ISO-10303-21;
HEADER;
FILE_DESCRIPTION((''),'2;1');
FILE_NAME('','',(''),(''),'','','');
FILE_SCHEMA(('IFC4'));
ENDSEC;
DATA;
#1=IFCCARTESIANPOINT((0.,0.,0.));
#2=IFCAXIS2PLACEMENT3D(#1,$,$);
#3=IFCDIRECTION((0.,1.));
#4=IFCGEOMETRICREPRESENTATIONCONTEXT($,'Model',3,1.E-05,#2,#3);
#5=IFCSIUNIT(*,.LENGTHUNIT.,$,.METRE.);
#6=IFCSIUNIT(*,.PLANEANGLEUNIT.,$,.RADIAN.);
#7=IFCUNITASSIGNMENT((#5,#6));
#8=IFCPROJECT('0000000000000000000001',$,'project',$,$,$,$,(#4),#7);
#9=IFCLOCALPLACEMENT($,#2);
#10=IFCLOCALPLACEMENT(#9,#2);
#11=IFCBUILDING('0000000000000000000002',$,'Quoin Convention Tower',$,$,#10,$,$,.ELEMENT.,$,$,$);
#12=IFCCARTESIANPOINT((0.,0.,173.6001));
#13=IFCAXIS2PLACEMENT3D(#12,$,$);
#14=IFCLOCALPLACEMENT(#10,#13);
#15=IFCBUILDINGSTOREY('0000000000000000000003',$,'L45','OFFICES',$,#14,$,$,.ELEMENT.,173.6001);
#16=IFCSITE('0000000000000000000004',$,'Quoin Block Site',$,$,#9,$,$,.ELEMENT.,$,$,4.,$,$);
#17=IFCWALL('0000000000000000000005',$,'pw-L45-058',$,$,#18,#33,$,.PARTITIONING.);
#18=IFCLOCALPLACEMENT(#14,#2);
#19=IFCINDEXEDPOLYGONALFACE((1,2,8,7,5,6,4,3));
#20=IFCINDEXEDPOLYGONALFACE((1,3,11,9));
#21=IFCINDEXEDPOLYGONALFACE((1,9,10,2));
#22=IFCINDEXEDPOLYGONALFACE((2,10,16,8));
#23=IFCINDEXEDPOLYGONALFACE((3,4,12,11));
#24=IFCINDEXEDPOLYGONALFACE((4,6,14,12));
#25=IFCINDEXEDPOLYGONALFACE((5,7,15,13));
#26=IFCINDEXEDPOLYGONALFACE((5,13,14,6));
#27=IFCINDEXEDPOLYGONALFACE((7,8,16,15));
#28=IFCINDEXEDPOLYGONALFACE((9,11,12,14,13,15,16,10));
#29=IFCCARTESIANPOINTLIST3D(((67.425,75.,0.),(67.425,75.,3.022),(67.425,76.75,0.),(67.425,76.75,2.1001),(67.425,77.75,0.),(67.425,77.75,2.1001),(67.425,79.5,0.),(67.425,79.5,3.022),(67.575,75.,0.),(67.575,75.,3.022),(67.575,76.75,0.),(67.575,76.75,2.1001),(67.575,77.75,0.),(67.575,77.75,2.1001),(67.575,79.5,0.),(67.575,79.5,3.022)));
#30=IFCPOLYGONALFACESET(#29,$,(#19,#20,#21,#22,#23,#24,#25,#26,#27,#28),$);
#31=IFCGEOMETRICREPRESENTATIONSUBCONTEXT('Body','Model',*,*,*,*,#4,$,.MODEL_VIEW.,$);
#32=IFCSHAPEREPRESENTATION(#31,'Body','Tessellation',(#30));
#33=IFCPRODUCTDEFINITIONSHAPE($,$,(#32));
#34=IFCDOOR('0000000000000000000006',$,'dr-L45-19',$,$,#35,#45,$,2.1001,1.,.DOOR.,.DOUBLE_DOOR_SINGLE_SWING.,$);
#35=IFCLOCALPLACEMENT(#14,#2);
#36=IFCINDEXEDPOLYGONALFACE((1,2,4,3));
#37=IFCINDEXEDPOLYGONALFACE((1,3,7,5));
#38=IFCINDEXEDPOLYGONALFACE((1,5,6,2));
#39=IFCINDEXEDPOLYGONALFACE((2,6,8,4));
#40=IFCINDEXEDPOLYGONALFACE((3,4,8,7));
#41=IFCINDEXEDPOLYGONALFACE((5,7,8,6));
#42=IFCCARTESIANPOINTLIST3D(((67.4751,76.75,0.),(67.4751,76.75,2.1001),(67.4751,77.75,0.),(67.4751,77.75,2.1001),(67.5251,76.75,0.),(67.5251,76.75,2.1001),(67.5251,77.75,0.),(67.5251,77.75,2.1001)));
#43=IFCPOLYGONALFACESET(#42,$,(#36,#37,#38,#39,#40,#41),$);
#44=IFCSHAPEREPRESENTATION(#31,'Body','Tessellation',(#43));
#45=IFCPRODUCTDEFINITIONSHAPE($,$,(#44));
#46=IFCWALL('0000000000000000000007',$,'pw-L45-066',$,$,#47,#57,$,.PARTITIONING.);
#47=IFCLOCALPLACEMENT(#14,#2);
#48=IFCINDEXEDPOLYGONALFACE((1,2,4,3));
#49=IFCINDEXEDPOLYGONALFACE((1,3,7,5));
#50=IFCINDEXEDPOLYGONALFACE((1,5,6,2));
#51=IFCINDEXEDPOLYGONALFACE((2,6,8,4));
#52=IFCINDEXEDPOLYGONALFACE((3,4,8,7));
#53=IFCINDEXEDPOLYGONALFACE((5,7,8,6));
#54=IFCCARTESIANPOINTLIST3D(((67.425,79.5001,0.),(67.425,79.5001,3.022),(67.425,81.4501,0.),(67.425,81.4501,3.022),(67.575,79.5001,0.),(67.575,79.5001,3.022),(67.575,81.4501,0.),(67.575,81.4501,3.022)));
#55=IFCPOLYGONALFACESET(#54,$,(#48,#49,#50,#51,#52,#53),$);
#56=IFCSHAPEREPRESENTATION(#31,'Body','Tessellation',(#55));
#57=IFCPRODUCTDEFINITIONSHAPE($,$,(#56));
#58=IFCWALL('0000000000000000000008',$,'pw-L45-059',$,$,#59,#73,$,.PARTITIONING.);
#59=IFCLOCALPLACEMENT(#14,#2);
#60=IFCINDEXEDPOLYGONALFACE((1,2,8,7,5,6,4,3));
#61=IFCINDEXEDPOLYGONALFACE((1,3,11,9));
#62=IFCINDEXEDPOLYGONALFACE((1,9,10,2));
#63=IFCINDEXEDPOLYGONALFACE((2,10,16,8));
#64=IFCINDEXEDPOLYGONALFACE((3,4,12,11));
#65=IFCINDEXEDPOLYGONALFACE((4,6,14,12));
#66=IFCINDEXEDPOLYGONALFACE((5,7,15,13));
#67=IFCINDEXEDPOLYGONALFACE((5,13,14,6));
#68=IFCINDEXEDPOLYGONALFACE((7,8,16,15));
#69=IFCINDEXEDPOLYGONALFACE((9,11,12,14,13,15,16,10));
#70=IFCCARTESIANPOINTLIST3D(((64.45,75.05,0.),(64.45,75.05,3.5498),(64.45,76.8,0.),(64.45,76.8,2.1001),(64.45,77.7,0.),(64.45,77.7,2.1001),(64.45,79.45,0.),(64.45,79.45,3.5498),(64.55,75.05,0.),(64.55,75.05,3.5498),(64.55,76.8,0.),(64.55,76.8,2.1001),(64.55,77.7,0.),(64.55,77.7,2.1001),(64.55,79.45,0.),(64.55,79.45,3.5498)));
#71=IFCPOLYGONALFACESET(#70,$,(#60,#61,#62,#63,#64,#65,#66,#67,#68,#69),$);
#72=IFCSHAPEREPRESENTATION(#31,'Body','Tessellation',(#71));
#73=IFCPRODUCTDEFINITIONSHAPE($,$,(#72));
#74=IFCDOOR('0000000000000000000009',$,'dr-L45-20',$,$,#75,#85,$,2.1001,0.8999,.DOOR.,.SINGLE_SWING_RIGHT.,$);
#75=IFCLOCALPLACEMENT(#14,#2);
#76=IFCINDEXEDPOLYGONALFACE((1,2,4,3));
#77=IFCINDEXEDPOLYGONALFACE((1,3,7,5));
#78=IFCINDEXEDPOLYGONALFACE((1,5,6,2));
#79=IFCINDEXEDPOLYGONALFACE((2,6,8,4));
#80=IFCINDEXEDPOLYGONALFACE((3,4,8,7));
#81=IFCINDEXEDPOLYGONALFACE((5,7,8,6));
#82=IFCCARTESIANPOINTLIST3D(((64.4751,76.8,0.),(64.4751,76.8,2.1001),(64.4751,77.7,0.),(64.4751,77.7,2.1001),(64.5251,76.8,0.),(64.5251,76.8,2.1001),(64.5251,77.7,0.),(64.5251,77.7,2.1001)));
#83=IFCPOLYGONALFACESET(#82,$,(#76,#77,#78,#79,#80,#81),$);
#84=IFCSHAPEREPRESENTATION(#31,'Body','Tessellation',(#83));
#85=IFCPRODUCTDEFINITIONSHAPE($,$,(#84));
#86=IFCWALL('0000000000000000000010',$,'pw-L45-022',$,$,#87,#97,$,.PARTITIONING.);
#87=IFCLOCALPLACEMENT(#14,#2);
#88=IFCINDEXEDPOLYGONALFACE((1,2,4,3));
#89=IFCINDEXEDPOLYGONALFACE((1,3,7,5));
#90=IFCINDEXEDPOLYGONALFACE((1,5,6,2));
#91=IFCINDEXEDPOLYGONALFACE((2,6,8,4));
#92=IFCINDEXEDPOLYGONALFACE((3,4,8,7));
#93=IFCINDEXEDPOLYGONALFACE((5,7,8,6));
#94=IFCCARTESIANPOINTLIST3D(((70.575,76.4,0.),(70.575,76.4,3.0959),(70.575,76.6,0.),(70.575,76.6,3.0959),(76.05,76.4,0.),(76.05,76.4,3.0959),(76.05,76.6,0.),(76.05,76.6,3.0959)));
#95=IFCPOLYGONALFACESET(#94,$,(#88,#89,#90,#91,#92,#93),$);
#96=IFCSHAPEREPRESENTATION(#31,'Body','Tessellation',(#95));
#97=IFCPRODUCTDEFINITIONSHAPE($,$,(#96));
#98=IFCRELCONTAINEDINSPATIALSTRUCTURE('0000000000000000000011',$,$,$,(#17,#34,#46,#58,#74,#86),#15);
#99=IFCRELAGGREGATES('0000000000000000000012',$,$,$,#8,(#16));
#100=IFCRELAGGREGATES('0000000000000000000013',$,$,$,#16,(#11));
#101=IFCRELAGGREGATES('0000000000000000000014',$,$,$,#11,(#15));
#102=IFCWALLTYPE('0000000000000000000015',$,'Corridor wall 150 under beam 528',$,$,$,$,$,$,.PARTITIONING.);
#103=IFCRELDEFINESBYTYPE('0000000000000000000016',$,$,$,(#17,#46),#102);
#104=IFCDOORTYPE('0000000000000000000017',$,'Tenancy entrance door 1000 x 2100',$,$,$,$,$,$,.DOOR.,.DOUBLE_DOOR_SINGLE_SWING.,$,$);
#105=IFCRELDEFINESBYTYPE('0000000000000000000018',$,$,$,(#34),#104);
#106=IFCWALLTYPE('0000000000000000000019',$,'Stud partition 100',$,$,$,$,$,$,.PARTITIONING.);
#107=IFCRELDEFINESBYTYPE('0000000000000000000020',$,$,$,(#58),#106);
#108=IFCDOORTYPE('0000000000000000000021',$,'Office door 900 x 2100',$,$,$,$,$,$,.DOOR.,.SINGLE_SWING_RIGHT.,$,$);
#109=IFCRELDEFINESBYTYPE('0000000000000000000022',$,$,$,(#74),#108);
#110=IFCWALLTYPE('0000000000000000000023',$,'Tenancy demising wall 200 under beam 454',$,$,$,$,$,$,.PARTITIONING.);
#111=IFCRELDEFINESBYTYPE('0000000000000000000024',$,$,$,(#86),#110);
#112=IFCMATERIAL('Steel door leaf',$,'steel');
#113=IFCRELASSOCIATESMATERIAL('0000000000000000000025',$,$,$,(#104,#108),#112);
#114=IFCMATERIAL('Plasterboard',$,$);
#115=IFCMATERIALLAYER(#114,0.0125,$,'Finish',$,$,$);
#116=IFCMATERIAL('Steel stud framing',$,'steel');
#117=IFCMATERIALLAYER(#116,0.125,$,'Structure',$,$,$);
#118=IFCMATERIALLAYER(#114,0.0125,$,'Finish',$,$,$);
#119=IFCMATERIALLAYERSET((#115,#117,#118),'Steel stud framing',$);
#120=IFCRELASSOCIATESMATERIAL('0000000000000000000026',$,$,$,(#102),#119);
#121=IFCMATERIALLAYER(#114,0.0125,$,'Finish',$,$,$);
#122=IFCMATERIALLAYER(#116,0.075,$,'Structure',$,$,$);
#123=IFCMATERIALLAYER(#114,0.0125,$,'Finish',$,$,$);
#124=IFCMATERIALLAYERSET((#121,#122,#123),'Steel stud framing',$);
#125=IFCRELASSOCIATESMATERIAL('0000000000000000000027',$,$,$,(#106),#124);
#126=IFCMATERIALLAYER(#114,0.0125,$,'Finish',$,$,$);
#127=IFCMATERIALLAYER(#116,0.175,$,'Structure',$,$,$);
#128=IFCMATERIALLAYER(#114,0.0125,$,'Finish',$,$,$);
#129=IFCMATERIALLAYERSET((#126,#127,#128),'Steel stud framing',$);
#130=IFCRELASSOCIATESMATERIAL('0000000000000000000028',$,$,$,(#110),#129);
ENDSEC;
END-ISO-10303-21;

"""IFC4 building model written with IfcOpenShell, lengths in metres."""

from ifc_helpers import new_model, si_unit, direction, frame, frame_2d, origin, place, context, subcontext, project, spatial, rectangle, extrude, material, layer, layer_set, type_object, element, fill, save


model = new_model("IFC4")

# Units and contexts
model_context = context("Model", 3, precision=1e-05, world=origin(), true_north=direction((0.0, 1.0)))
body_context = subcontext(model_context, "Body", "Model", "MODEL_VIEW")
ifc_project = project(units=[si_unit("LENGTHUNIT", "METRE"), si_unit("PLANEANGLEUNIT", "RADIAN")], contexts=[model_context])

# Site, building, storey
site_placement = place(None, origin())
site = spatial("IfcSite", under=ifc_project, at=site_placement, Name="Quoin Block Site", CompositionType="ELEMENT", RefElevation=4.0)
building_placement = place(site_placement, origin())
building = spatial("IfcBuilding", under=site, at=building_placement, Name="Quoin Convention Tower", CompositionType="ELEMENT")
storey_placement = place(building_placement, frame((0.0, 0.0, 173.6001)))
storey = spatial("IfcBuildingStorey", under=building, at=storey_placement, Name="L45", Description="OFFICES", CompositionType="ELEMENT", Elevation=173.6001)

# Wall, opening, door
ifc_material_1 = material(Name="Plasterboard")
ifc_material_2 = material(Name="Steel stud framing", Category="steel")
ifc_material_3 = material(Name="Steel door leaf", Category="steel")
door_type_1 = type_object("IfcDoorType", Name="Tenancy entrance door 1000 x 2100", OperationType="DOUBLE_DOOR_SINGLE_SWING", PredefinedType="DOOR", material=ifc_material_3)
ifc_layer_1 = layer(ifc_material_1, 0.0125, Name="Finish")
ifc_layer_2 = layer(ifc_material_2, 0.125, Name="Structure")
ifc_layer_3 = layer(ifc_material_1, 0.0125, Name="Finish")
ifc_layer_set_1 = layer_set([ifc_layer_1, ifc_layer_2, ifc_layer_3], Name="Steel stud framing")
wall_type_1 = type_object("IfcWallType", Name="Corridor wall 150 under beam 528", PredefinedType="PARTITIONING", material=ifc_layer_set_1)
wall_1_placement = place(storey_placement, frame((67.5, 75.0, 0.0), z_axis=(0.0, 0.0, 1.0), x_axis=(0.0, 1.0, 0.0)))
wall_1 = element("IfcWall", 1, at=wall_1_placement, inside=storey, type_object=wall_type_1, Name="pw-L45-058", PredefinedType="PARTITIONING", context=body_context, shape_type="SweptSolid", body=[
    extrude(rectangle(XDim=4.5, YDim=0.1499, at=frame_2d((2.25, 0.0))), origin(), (0.0, 0.0, 1.0), 3.022),
])
opening_1_placement = place(wall_1_placement, frame((1.75, 0.0, 0.0)))
opening_1 = element("IfcOpeningElement", 2, at=opening_1_placement, cuts=wall_1, PredefinedType="OPENING", context=body_context, shape_type="SweptSolid", body=[
    extrude(rectangle(XDim=1.0, YDim=2.1001, at=frame_2d((0.5, 1.05))), frame((0.0, 0.085, 0.0), z_axis=(0.0, -1.0, 0.0), x_axis=(1.0, 0.0, 0.0)), (0.0, 0.0, 1.0), 0.1699),
])
door_1_placement = place(opening_1_placement, origin())
door_1 = element("IfcDoor", 3, at=door_1_placement, inside=storey, type_object=door_type_1, Name="dr-L45-19", OperationType="DOUBLE_DOOR_SINGLE_SWING", OverallHeight=2.1001, OverallWidth=1.0, PredefinedType="DOOR", context=body_context, shape_type="SweptSolid", body=[
    extrude(rectangle(XDim=1.0, YDim=2.1001, at=frame_2d((0.5, 1.05))), frame((0.0, 0.0249, 0.0), z_axis=(0.0, -1.0, 0.0), x_axis=(1.0, 0.0, 0.0)), (0.0, 0.0, 1.0), 0.05),
])
fill(opening_1, door_1)

# Wall
wall_2_placement = place(storey_placement, frame((67.5, 79.5, 0.0), z_axis=(0.0, 0.0, 1.0), x_axis=(0.0, 1.0, 0.0)))
element("IfcWall", 4, at=wall_2_placement, inside=storey, type_object=wall_type_1, Name="pw-L45-066", PredefinedType="PARTITIONING", context=body_context, shape_type="SweptSolid", body=[
    extrude(rectangle(XDim=1.95, YDim=0.1499, at=frame_2d((0.9751, 0.0))), origin(), (0.0, 0.0, 1.0), 3.022),
])

# Wall, opening, door
ifc_layer_4 = layer(ifc_material_1, 0.0125, Name="Finish")
ifc_layer_5 = layer(ifc_material_2, 0.075, Name="Structure")
ifc_layer_6 = layer(ifc_material_1, 0.0125, Name="Finish")
ifc_layer_set_2 = layer_set([ifc_layer_4, ifc_layer_5, ifc_layer_6], Name="Steel stud framing")
wall_type_2 = type_object("IfcWallType", Name="Stud partition 100", PredefinedType="PARTITIONING", material=ifc_layer_set_2)
wall_3_placement = place(storey_placement, frame((64.5, 75.05, 0.0), z_axis=(0.0, 0.0, 1.0), x_axis=(0.0, 1.0, 0.0)))
wall_3 = element("IfcWall", 5, at=wall_3_placement, inside=storey, type_object=wall_type_2, Name="pw-L45-059", PredefinedType="PARTITIONING", context=body_context, shape_type="SweptSolid", body=[
    extrude(rectangle(XDim=4.3999, YDim=0.1001, at=frame_2d((2.2, 0.0))), origin(), (0.0, 0.0, 1.0), 3.5498),
])
opening_2_placement = place(wall_3_placement, frame((1.75, 0.0, 0.0)))
opening_2 = element("IfcOpeningElement", 6, at=opening_2_placement, cuts=wall_3, PredefinedType="OPENING", context=body_context, shape_type="SweptSolid", body=[
    extrude(rectangle(XDim=0.8999, YDim=2.1001, at=frame_2d((0.45, 1.05))), frame((0.0, 0.0601, 0.0), z_axis=(0.0, -1.0, 0.0), x_axis=(1.0, 0.0, 0.0)), (0.0, 0.0, 1.0), 0.1201),
])
door_type_2 = type_object("IfcDoorType", Name="Office door 900 x 2100", OperationType="SINGLE_SWING_RIGHT", PredefinedType="DOOR", material=ifc_material_3)
door_2_placement = place(opening_2_placement, origin())
door_2 = element("IfcDoor", 7, at=door_2_placement, inside=storey, type_object=door_type_2, Name="dr-L45-20", OperationType="SINGLE_SWING_RIGHT", OverallHeight=2.1001, OverallWidth=0.8999, PredefinedType="DOOR", context=body_context, shape_type="SweptSolid", body=[
    extrude(rectangle(XDim=0.8999, YDim=2.1001, at=frame_2d((0.45, 1.05))), frame((0.0, 0.0249, 0.0), z_axis=(0.0, -1.0, 0.0), x_axis=(1.0, 0.0, 0.0)), (0.0, 0.0, 1.0), 0.05),
])
fill(opening_2, door_2)

# Wall
ifc_layer_7 = layer(ifc_material_1, 0.0125, Name="Finish")
ifc_layer_8 = layer(ifc_material_2, 0.175, Name="Structure")
ifc_layer_9 = layer(ifc_material_1, 0.0125, Name="Finish")
ifc_layer_set_3 = layer_set([ifc_layer_7, ifc_layer_8, ifc_layer_9], Name="Steel stud framing")
wall_type_3 = type_object("IfcWallType", Name="Tenancy demising wall 200 under beam 454", PredefinedType="PARTITIONING", material=ifc_layer_set_3)
wall_4_placement = place(storey_placement, frame((70.575, 76.5, 0.0), z_axis=(0.0, 0.0, 1.0), x_axis=(1.0, 0.0, 0.0)))
element("IfcWall", 8, at=wall_4_placement, inside=storey, type_object=wall_type_3, Name="pw-L45-022", PredefinedType="PARTITIONING", context=body_context, shape_type="SweptSolid", body=[
    extrude(rectangle(XDim=5.4751, YDim=0.2, at=frame_2d((2.7375, 0.0))), origin(), (0.0, 0.0, 1.0), 3.0959),
])

save(model, "model.ifc")
